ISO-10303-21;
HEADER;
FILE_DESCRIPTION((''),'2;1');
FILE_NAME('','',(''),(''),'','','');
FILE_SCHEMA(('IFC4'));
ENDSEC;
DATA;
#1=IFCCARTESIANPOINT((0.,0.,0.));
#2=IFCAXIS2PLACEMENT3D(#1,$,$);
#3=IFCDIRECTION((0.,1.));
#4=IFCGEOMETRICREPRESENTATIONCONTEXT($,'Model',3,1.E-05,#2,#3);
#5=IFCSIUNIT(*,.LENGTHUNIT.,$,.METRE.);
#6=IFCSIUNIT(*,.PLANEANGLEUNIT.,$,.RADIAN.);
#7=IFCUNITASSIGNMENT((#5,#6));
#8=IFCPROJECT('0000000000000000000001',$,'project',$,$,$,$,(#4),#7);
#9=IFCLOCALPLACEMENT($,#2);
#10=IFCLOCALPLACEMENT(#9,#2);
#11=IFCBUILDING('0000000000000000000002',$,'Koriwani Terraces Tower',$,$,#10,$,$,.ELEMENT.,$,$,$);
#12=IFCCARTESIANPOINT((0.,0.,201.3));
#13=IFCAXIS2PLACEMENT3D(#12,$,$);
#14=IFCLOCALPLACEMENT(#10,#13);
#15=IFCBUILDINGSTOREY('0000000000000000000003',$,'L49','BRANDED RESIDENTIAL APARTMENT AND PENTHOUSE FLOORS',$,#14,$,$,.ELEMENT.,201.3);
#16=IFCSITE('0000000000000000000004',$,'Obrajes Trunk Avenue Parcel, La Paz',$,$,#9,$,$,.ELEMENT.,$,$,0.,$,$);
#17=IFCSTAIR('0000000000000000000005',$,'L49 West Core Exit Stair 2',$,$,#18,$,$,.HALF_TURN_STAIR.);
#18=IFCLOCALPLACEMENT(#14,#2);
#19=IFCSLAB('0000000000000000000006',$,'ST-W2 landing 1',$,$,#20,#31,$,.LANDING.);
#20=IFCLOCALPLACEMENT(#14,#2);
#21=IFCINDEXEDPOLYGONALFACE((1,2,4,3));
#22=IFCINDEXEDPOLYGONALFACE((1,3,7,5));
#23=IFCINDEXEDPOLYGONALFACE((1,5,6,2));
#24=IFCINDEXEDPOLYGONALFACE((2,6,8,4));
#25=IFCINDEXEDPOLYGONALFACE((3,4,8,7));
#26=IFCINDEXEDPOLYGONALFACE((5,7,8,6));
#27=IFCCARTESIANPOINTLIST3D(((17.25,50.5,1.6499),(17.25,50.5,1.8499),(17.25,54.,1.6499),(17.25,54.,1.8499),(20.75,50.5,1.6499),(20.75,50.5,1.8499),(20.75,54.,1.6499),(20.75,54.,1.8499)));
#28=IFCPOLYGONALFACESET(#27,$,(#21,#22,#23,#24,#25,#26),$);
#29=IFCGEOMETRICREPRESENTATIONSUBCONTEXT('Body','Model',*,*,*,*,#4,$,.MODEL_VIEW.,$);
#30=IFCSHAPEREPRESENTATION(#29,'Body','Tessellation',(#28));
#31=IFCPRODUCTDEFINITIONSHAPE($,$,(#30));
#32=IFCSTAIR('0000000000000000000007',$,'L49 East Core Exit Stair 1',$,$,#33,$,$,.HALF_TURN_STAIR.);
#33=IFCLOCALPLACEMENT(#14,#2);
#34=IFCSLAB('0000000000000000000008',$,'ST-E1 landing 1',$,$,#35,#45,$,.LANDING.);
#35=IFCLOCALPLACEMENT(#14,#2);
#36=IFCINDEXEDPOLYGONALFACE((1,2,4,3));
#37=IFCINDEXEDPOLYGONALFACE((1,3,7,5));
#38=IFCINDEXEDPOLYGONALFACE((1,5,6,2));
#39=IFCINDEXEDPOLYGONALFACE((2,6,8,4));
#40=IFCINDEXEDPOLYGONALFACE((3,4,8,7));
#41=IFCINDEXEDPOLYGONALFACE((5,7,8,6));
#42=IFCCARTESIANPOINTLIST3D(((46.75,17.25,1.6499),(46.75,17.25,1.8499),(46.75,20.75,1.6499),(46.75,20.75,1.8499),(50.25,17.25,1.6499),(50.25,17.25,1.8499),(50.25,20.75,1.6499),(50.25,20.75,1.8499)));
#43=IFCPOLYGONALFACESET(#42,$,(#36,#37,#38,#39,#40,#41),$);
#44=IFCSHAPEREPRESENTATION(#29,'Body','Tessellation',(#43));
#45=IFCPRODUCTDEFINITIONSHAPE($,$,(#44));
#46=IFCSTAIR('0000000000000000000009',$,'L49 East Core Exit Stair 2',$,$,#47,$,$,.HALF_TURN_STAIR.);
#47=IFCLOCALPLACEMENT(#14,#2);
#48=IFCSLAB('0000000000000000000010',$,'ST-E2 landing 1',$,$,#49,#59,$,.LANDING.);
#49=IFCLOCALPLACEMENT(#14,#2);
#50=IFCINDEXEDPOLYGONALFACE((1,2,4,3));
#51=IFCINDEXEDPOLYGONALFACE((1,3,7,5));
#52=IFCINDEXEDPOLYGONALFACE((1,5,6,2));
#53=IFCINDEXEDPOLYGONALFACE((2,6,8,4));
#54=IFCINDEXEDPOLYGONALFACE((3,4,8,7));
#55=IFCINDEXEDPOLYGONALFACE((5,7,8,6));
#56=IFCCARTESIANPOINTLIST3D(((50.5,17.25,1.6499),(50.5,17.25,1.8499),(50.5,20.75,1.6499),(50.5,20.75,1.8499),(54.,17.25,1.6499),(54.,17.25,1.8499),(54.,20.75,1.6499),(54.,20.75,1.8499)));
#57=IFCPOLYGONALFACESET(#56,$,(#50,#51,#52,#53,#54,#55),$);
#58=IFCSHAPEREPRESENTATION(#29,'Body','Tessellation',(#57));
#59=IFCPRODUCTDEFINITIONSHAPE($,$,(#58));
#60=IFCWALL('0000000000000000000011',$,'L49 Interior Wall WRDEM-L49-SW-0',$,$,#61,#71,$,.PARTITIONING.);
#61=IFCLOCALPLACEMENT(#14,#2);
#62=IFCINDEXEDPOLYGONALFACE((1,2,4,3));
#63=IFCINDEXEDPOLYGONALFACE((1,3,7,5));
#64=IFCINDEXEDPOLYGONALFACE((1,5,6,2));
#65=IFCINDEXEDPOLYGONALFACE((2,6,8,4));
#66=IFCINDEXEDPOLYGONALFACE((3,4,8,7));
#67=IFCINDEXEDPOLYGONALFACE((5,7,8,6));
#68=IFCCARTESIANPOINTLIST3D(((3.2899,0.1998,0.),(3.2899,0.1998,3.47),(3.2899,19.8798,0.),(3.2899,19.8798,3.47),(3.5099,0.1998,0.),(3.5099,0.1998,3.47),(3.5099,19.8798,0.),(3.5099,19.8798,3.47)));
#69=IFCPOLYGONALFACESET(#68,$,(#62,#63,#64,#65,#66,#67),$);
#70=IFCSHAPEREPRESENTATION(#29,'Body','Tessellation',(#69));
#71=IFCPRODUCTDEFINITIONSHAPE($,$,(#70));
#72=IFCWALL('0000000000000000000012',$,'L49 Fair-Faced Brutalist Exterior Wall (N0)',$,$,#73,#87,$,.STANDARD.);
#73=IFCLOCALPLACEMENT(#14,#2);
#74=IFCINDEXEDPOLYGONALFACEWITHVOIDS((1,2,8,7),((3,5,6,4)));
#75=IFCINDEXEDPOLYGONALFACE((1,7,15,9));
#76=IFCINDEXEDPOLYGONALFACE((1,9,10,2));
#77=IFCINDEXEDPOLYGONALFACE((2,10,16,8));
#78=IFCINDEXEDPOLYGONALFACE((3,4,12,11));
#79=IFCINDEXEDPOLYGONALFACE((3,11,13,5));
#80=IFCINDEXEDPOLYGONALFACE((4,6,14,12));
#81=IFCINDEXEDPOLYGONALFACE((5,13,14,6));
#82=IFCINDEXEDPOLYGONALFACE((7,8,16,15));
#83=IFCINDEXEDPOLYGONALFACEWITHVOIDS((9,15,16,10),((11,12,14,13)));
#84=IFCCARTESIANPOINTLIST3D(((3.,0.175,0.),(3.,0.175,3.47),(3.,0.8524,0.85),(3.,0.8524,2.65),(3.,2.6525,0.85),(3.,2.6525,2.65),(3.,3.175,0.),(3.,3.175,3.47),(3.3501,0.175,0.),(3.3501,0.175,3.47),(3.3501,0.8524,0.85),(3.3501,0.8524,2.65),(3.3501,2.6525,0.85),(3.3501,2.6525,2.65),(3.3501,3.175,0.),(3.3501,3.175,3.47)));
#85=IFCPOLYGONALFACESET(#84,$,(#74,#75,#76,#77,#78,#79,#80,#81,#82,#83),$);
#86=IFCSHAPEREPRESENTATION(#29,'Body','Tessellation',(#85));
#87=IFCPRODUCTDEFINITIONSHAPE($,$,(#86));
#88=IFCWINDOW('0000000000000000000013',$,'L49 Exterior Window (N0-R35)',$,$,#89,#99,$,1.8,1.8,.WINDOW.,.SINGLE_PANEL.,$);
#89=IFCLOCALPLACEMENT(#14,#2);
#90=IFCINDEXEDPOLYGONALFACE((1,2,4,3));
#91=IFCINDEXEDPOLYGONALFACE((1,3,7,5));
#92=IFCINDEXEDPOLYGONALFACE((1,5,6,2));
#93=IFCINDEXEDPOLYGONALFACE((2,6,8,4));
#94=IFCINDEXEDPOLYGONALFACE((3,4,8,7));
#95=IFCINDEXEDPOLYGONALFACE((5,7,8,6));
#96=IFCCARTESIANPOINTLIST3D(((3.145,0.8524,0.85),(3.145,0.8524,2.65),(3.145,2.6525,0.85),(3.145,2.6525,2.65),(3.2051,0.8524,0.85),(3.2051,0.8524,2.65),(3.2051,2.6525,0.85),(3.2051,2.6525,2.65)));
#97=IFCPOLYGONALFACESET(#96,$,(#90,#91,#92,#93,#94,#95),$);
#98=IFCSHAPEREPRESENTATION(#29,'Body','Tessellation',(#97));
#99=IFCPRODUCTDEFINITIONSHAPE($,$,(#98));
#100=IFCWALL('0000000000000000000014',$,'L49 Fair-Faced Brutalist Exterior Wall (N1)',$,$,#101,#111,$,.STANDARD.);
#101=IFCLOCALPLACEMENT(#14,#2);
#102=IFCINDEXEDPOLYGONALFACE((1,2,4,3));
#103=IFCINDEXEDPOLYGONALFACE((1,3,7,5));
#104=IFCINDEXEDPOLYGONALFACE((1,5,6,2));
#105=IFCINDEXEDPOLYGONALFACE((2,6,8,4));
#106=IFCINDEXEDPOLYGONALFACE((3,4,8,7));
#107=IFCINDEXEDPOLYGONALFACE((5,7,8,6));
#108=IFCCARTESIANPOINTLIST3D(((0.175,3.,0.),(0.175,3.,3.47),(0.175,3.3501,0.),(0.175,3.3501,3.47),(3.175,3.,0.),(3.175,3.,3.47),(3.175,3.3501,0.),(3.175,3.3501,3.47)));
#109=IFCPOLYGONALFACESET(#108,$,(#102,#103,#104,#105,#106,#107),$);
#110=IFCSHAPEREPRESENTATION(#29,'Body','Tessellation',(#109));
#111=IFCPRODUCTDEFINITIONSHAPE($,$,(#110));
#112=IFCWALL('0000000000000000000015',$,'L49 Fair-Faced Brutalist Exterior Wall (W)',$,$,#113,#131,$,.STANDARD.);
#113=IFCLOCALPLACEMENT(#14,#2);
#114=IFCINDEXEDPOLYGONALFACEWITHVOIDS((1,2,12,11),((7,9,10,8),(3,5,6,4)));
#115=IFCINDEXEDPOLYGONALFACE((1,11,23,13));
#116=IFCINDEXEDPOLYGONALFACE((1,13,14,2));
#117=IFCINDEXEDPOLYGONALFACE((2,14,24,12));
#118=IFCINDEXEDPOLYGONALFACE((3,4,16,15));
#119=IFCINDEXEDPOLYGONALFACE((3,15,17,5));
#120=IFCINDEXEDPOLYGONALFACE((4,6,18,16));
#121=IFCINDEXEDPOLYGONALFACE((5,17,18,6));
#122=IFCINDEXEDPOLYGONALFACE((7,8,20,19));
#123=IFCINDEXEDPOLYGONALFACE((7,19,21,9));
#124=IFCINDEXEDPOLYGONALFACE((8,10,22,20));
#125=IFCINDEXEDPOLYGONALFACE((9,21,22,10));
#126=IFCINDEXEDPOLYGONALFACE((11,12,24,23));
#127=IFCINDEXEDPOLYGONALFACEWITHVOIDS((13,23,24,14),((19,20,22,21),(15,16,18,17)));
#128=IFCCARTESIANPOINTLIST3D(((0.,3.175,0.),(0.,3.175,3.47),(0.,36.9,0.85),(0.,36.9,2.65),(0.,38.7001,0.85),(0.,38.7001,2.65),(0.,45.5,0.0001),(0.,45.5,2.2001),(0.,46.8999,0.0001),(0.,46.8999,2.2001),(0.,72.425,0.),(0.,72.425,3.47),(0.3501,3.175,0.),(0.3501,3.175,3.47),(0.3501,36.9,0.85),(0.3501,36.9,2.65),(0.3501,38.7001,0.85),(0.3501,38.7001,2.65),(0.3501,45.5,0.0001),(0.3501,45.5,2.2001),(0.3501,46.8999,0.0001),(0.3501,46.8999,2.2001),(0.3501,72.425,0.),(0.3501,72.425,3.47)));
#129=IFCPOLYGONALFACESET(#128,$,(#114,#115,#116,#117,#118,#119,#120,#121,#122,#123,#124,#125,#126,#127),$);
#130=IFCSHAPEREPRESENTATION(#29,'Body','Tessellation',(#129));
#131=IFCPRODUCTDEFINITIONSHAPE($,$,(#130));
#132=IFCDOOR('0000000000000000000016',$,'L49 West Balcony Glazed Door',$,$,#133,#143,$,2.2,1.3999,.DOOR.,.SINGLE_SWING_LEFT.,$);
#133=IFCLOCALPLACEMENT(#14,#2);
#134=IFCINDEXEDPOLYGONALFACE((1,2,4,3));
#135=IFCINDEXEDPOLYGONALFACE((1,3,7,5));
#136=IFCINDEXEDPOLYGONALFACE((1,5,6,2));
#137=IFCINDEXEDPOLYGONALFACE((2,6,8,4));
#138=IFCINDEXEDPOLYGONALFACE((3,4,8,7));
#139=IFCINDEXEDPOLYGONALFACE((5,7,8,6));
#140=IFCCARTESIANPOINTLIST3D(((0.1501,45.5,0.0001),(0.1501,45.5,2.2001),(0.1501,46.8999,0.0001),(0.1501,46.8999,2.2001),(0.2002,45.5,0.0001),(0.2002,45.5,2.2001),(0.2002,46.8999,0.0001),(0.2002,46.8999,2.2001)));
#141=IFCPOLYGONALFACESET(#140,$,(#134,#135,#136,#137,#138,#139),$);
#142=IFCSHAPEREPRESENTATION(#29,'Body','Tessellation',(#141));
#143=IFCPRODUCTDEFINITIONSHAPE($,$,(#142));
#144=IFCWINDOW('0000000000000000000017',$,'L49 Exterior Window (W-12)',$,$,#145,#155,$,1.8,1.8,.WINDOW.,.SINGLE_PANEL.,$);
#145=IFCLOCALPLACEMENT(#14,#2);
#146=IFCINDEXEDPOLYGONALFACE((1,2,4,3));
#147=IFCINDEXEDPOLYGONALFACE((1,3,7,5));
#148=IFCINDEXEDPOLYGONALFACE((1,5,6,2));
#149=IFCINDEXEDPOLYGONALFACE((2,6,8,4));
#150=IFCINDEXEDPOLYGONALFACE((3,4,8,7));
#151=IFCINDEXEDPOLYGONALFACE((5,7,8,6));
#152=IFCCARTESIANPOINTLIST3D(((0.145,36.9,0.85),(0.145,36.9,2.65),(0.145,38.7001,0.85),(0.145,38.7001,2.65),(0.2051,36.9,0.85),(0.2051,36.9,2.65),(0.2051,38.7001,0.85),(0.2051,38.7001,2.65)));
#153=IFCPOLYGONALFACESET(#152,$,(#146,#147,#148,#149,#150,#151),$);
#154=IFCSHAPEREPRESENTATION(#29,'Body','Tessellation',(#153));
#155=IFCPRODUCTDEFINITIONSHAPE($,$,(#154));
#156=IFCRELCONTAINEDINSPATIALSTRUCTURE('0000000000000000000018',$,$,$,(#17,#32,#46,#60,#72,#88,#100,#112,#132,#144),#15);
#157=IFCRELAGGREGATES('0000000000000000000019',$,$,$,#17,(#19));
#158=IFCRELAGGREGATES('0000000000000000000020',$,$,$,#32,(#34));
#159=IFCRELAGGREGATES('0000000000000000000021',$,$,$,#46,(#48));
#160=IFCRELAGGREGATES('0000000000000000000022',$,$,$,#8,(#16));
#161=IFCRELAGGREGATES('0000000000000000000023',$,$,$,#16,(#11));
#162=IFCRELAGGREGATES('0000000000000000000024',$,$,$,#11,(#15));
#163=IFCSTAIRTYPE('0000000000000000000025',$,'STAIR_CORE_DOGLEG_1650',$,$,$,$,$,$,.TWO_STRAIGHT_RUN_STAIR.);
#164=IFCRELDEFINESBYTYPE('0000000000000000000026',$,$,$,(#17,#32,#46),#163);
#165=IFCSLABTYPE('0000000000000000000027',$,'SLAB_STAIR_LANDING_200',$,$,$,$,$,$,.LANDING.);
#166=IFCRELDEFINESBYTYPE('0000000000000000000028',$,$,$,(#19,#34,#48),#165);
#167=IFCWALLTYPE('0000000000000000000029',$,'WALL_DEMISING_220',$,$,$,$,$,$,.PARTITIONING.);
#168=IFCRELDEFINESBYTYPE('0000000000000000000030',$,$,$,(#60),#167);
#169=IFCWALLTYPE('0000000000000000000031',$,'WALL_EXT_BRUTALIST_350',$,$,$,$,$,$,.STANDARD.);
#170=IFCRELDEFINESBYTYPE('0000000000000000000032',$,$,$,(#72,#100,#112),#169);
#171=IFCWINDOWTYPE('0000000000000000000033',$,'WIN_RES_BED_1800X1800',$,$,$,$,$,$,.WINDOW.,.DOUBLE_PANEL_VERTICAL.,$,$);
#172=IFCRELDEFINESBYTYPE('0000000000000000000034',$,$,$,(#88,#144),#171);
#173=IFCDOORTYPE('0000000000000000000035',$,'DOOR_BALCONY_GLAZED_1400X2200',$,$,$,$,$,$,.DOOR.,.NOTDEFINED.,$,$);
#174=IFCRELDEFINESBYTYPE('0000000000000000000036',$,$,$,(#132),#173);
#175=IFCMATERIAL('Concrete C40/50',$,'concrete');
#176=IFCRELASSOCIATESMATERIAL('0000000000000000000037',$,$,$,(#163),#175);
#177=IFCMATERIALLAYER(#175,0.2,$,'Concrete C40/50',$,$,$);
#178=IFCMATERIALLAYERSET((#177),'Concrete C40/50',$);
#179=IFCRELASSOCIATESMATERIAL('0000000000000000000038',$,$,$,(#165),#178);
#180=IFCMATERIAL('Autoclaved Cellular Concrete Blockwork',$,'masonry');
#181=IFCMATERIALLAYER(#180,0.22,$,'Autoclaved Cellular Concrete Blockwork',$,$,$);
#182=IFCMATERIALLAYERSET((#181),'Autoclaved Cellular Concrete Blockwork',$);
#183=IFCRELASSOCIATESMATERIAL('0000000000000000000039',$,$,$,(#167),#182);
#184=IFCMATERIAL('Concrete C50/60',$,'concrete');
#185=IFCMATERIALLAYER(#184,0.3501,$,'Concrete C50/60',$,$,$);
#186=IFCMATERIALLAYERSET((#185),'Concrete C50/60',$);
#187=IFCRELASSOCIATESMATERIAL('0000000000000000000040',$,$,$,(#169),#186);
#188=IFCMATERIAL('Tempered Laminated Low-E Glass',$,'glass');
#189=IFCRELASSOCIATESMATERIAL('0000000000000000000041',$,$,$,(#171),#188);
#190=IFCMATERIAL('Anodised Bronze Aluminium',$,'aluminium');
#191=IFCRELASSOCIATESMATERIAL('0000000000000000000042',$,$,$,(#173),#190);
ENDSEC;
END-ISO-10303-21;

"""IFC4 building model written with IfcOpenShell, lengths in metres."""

from ifc_helpers import new_model, si_unit, direction, frame, frame_2d, origin, place, context, subcontext, project, spatial, polyline, rectangle, outline, extrude, material, layer, layer_set, type_object, element, fill, aggregate, save


model = new_model("IFC4")

# Units and contexts
model_context = context("Model", 3, precision=1e-05, world=origin(), true_north=direction((0.0, 1.0)))
body_context = subcontext(model_context, "Body", "Model", "MODEL_VIEW")
ifc_project = project(units=[si_unit("LENGTHUNIT", "METRE"), si_unit("PLANEANGLEUNIT", "RADIAN")], contexts=[model_context])

# Site, building, storey
site_placement = place(None, origin())
site = spatial("IfcSite", under=ifc_project, at=site_placement, Name="Obrajes Trunk Avenue Parcel, La Paz", CompositionType="ELEMENT", RefElevation=0.0)
building_placement = place(site_placement, origin())
building = spatial("IfcBuilding", under=site, at=building_placement, Name="Koriwani Terraces Tower", CompositionType="ELEMENT")
storey_placement = place(building_placement, frame((0.0, 0.0, 201.3)))
storey = spatial("IfcBuildingStorey", under=building, at=storey_placement, Name="L49", Description="BRANDED RESIDENTIAL APARTMENT AND PENTHOUSE FLOORS", CompositionType="ELEMENT", Elevation=201.3)

# Shared definitions
ifc_material_1 = material(Name="Concrete C50/60", Category="concrete")

# Shared definitions
ifc_material_2 = material(Name="Concrete C40/50", Category="concrete")

# Stairs, slabs
stair_type = type_object("IfcStairType", Name="STAIR_CORE_DOGLEG_1650", PredefinedType="TWO_STRAIGHT_RUN_STAIR", material=ifc_material_2)
ifc_layer_1 = layer(ifc_material_2, 0.2, Name="Concrete C40/50")
ifc_layer_set_1 = layer_set([ifc_layer_1], Name="Concrete C40/50")
slab_type_1 = type_object("IfcSlabType", Name="SLAB_STAIR_LANDING_200", PredefinedType="LANDING", material=ifc_layer_set_1)
stair_1_placement = place(storey_placement, origin())
stair_1 = element("IfcStair", 1, at=stair_1_placement, inside=storey, type_object=stair_type, Name="L49 West Core Exit Stair 2", PredefinedType="HALF_TURN_STAIR")
slab_1_placement = place(storey_placement, frame((0.0, 0.0, 1.6499)))
slab_1 = element("IfcSlab", 2, at=slab_1_placement, type_object=slab_type_1, Name="ST-W2 landing 1", PredefinedType="LANDING", context=body_context, shape_type="SweptSolid", body=[
    extrude(outline(polyline([(17.25, 54.0), (17.25, 50.5), (20.75, 50.5), (20.75, 54.0), (17.25, 54.0)])), origin(), (0.0, 0.0, 1.0), 0.2),
])
aggregate(stair_1, [slab_1])
stair_2_placement = place(storey_placement, origin())
stair_2 = element("IfcStair", 3, at=stair_2_placement, inside=storey, type_object=stair_type, Name="L49 East Core Exit Stair 1", PredefinedType="HALF_TURN_STAIR")
slab_2_placement = place(storey_placement, frame((0.0, 0.0, 1.6499)))
slab_2 = element("IfcSlab", 4, at=slab_2_placement, type_object=slab_type_1, Name="ST-E1 landing 1", PredefinedType="LANDING", context=body_context, shape_type="SweptSolid", body=[
    extrude(outline(polyline([(46.75, 17.25), (50.25, 17.25), (50.25, 20.75), (46.75, 20.75), (46.75, 17.25)])), origin(), (0.0, 0.0, 1.0), 0.2),
])
aggregate(stair_2, [slab_2])
stair_3_placement = place(storey_placement, origin())
stair_3 = element("IfcStair", 5, at=stair_3_placement, inside=storey, type_object=stair_type, Name="L49 East Core Exit Stair 2", PredefinedType="HALF_TURN_STAIR")
slab_3_placement = place(storey_placement, frame((0.0, 0.0, 1.6499)))
slab_3 = element("IfcSlab", 6, at=slab_3_placement, type_object=slab_type_1, Name="ST-E2 landing 1", PredefinedType="LANDING", context=body_context, shape_type="SweptSolid", body=[
    extrude(outline(polyline([(54.0, 20.75), (50.5, 20.75), (50.5, 17.25), (54.0, 17.25), (54.0, 20.75)])), origin(), (0.0, 0.0, 1.0), 0.2),
])
aggregate(stair_3, [slab_3])

# Wall
ifc_material_3 = material(Name="Autoclaved Cellular Concrete Blockwork", Category="masonry")
ifc_layer_2 = layer(ifc_material_3, 0.22, Name="Autoclaved Cellular Concrete Blockwork")
ifc_layer_set_2 = layer_set([ifc_layer_2], Name="Autoclaved Cellular Concrete Blockwork")
wall_type_1 = type_object("IfcWallType", Name="WALL_DEMISING_220", PredefinedType="PARTITIONING", material=ifc_layer_set_2)
wall_1_placement = place(storey_placement, frame((3.3999, 0.2, 0.0), z_axis=(0.0, 0.0, 1.0), x_axis=(0.0, 1.0, 0.0)))
element("IfcWall", 7, at=wall_1_placement, inside=storey, type_object=wall_type_1, Name="L49 Interior Wall WRDEM-L49-SW-0", PredefinedType="PARTITIONING", context=body_context, shape_type="SweptSolid", body=[
    extrude(rectangle(XDim=19.6799, YDim=0.22, at=frame_2d((9.8398, 0.0))), origin(), (0.0, 0.0, 1.0), 3.47),
])

# Wall, opening, window
ifc_layer_3 = layer(ifc_material_1, 0.3501, Name="Concrete C50/60")
ifc_layer_set_3 = layer_set([ifc_layer_3], Name="Concrete C50/60")
wall_type_2 = type_object("IfcWallType", Name="WALL_EXT_BRUTALIST_350", PredefinedType="STANDARD", material=ifc_layer_set_3)
wall_2_placement = place(storey_placement, frame((3.175, 0.175, 0.0), z_axis=(0.0, 0.0, 1.0), x_axis=(0.0, 1.0, 0.0)))
wall_2 = element("IfcWall", 8, at=wall_2_placement, inside=storey, type_object=wall_type_2, Name="L49 Fair-Faced Brutalist Exterior Wall (N0)", PredefinedType="STANDARD", context=body_context, shape_type="SweptSolid", body=[
    extrude(rectangle(XDim=3.0, YDim=0.3501, at=frame_2d((1.5, 0.0))), origin(), (0.0, 0.0, 1.0), 3.47),
])
opening_1_placement = place(wall_2_placement, frame((0.6775, 0.0, 0.8501)))
opening_1 = element("IfcOpeningElement", 9, at=opening_1_placement, cuts=wall_2, PredefinedType="OPENING", context=body_context, shape_type="SweptSolid", body=[
    extrude(rectangle(XDim=1.8, YDim=1.8, at=frame_2d((0.8999, 0.8999))), frame((0.0, 0.1851, 0.0), z_axis=(0.0, -1.0, 0.0), x_axis=(1.0, 0.0, 0.0)), (0.0, 0.0, 1.0), 0.3701),
])
ifc_material_4 = material(Name="Tempered Laminated Low-E Glass", Category="glass")
window_type = type_object("IfcWindowType", Name="WIN_RES_BED_1800X1800", PartitioningType="DOUBLE_PANEL_VERTICAL", PredefinedType="WINDOW", material=ifc_material_4)
window_1_placement = place(opening_1_placement, origin())
window_1 = element("IfcWindow", 10, at=window_1_placement, inside=storey, type_object=window_type, Name="L49 Exterior Window (N0-R35)", OverallHeight=1.8, OverallWidth=1.8, PartitioningType="SINGLE_PANEL", PredefinedType="WINDOW", context=body_context, shape_type="SweptSolid", body=[
    extrude(rectangle(XDim=1.8, YDim=1.8, at=frame_2d((0.8999, 0.8999))), frame((0.0, 0.03, 0.0), z_axis=(0.0, -1.0, 0.0), x_axis=(1.0, 0.0, 0.0)), (0.0, 0.0, 1.0), 0.0601),
])
fill(opening_1, window_1)

# Wall
wall_3_placement = place(storey_placement, frame((3.175, 3.175, 0.0), z_axis=(0.0, 0.0, 1.0), x_axis=(-1.0, 0.0, 0.0)))
element("IfcWall", 11, at=wall_3_placement, inside=storey, type_object=wall_type_2, Name="L49 Fair-Faced Brutalist Exterior Wall (N1)", PredefinedType="STANDARD", context=body_context, shape_type="SweptSolid", body=[
    extrude(rectangle(XDim=3.0, YDim=0.3501, at=frame_2d((1.5, 0.0))), origin(), (0.0, 0.0, 1.0), 3.47),
])

# Wall, openings, door, window
wall_4_placement = place(storey_placement, frame((0.175, 3.175, 0.0), z_axis=(0.0, 0.0, 1.0), x_axis=(0.0, 1.0, 0.0)))
wall_4 = element("IfcWall", 12, at=wall_4_placement, inside=storey, type_object=wall_type_2, Name="L49 Fair-Faced Brutalist Exterior Wall (W)", PredefinedType="STANDARD", context=body_context, shape_type="SweptSolid", body=[
    extrude(rectangle(XDim=69.25, YDim=0.3501, at=frame_2d((34.625, 0.0))), origin(), (0.0, 0.0, 1.0), 3.47),
])
opening_2_placement = place(wall_4_placement, frame((42.325, 0.0, 0.0)))
opening_2 = element("IfcOpeningElement", 13, at=opening_2_placement, cuts=wall_4, PredefinedType="OPENING", context=body_context, shape_type="SweptSolid", body=[
    extrude(rectangle(XDim=1.3999, YDim=2.2, at=frame_2d((0.7, 1.1001))), frame((0.0, 0.1851, 0.0), z_axis=(0.0, -1.0, 0.0), x_axis=(1.0, 0.0, 0.0)), (0.0, 0.0, 1.0), 0.3701),
])
opening_3_placement = place(wall_4_placement, frame((33.7251, 0.0, 0.8501)))
opening_3 = element("IfcOpeningElement", 14, at=opening_3_placement, cuts=wall_4, PredefinedType="OPENING", context=body_context, shape_type="SweptSolid", body=[
    extrude(rectangle(XDim=1.8, YDim=1.8, at=frame_2d((0.8999, 0.8999))), frame((0.0, 0.1851, 0.0), z_axis=(0.0, -1.0, 0.0), x_axis=(1.0, 0.0, 0.0)), (0.0, 0.0, 1.0), 0.3701),
])
ifc_material_5 = material(Name="Anodised Bronze Aluminium", Category="aluminium")
door_type_1 = type_object("IfcDoorType", Name="DOOR_BALCONY_GLAZED_1400X2200", OperationType="NOTDEFINED", PredefinedType="DOOR", material=ifc_material_5)
door_1_placement = place(opening_2_placement, origin())
door_1 = element("IfcDoor", 15, at=door_1_placement, inside=storey, type_object=door_type_1, Name="L49 West Balcony Glazed Door", OperationType="SINGLE_SWING_LEFT", OverallHeight=2.2, OverallWidth=1.3999, PredefinedType="DOOR", context=body_context, shape_type="SweptSolid", body=[
    extrude(rectangle(XDim=1.3999, YDim=2.2, at=frame_2d((0.7, 1.1001))), frame((0.0, 0.0249, 0.0), z_axis=(0.0, -1.0, 0.0), x_axis=(1.0, 0.0, 0.0)), (0.0, 0.0, 1.0), 0.05),
])
fill(opening_2, door_1)
window_2_placement = place(opening_3_placement, origin())
window_2 = element("IfcWindow", 16, at=window_2_placement, inside=storey, type_object=window_type, Name="L49 Exterior Window (W-12)", OverallHeight=1.8, OverallWidth=1.8, PartitioningType="SINGLE_PANEL", PredefinedType="WINDOW", context=body_context, shape_type="SweptSolid", body=[
    extrude(rectangle(XDim=1.8, YDim=1.8, at=frame_2d((0.8999, 0.8999))), frame((0.0, 0.03, 0.0), z_axis=(0.0, -1.0, 0.0), x_axis=(1.0, 0.0, 0.0)), (0.0, 0.0, 1.0), 0.0601),
])
fill(opening_3, window_2)

save(model, "model.ifc")
